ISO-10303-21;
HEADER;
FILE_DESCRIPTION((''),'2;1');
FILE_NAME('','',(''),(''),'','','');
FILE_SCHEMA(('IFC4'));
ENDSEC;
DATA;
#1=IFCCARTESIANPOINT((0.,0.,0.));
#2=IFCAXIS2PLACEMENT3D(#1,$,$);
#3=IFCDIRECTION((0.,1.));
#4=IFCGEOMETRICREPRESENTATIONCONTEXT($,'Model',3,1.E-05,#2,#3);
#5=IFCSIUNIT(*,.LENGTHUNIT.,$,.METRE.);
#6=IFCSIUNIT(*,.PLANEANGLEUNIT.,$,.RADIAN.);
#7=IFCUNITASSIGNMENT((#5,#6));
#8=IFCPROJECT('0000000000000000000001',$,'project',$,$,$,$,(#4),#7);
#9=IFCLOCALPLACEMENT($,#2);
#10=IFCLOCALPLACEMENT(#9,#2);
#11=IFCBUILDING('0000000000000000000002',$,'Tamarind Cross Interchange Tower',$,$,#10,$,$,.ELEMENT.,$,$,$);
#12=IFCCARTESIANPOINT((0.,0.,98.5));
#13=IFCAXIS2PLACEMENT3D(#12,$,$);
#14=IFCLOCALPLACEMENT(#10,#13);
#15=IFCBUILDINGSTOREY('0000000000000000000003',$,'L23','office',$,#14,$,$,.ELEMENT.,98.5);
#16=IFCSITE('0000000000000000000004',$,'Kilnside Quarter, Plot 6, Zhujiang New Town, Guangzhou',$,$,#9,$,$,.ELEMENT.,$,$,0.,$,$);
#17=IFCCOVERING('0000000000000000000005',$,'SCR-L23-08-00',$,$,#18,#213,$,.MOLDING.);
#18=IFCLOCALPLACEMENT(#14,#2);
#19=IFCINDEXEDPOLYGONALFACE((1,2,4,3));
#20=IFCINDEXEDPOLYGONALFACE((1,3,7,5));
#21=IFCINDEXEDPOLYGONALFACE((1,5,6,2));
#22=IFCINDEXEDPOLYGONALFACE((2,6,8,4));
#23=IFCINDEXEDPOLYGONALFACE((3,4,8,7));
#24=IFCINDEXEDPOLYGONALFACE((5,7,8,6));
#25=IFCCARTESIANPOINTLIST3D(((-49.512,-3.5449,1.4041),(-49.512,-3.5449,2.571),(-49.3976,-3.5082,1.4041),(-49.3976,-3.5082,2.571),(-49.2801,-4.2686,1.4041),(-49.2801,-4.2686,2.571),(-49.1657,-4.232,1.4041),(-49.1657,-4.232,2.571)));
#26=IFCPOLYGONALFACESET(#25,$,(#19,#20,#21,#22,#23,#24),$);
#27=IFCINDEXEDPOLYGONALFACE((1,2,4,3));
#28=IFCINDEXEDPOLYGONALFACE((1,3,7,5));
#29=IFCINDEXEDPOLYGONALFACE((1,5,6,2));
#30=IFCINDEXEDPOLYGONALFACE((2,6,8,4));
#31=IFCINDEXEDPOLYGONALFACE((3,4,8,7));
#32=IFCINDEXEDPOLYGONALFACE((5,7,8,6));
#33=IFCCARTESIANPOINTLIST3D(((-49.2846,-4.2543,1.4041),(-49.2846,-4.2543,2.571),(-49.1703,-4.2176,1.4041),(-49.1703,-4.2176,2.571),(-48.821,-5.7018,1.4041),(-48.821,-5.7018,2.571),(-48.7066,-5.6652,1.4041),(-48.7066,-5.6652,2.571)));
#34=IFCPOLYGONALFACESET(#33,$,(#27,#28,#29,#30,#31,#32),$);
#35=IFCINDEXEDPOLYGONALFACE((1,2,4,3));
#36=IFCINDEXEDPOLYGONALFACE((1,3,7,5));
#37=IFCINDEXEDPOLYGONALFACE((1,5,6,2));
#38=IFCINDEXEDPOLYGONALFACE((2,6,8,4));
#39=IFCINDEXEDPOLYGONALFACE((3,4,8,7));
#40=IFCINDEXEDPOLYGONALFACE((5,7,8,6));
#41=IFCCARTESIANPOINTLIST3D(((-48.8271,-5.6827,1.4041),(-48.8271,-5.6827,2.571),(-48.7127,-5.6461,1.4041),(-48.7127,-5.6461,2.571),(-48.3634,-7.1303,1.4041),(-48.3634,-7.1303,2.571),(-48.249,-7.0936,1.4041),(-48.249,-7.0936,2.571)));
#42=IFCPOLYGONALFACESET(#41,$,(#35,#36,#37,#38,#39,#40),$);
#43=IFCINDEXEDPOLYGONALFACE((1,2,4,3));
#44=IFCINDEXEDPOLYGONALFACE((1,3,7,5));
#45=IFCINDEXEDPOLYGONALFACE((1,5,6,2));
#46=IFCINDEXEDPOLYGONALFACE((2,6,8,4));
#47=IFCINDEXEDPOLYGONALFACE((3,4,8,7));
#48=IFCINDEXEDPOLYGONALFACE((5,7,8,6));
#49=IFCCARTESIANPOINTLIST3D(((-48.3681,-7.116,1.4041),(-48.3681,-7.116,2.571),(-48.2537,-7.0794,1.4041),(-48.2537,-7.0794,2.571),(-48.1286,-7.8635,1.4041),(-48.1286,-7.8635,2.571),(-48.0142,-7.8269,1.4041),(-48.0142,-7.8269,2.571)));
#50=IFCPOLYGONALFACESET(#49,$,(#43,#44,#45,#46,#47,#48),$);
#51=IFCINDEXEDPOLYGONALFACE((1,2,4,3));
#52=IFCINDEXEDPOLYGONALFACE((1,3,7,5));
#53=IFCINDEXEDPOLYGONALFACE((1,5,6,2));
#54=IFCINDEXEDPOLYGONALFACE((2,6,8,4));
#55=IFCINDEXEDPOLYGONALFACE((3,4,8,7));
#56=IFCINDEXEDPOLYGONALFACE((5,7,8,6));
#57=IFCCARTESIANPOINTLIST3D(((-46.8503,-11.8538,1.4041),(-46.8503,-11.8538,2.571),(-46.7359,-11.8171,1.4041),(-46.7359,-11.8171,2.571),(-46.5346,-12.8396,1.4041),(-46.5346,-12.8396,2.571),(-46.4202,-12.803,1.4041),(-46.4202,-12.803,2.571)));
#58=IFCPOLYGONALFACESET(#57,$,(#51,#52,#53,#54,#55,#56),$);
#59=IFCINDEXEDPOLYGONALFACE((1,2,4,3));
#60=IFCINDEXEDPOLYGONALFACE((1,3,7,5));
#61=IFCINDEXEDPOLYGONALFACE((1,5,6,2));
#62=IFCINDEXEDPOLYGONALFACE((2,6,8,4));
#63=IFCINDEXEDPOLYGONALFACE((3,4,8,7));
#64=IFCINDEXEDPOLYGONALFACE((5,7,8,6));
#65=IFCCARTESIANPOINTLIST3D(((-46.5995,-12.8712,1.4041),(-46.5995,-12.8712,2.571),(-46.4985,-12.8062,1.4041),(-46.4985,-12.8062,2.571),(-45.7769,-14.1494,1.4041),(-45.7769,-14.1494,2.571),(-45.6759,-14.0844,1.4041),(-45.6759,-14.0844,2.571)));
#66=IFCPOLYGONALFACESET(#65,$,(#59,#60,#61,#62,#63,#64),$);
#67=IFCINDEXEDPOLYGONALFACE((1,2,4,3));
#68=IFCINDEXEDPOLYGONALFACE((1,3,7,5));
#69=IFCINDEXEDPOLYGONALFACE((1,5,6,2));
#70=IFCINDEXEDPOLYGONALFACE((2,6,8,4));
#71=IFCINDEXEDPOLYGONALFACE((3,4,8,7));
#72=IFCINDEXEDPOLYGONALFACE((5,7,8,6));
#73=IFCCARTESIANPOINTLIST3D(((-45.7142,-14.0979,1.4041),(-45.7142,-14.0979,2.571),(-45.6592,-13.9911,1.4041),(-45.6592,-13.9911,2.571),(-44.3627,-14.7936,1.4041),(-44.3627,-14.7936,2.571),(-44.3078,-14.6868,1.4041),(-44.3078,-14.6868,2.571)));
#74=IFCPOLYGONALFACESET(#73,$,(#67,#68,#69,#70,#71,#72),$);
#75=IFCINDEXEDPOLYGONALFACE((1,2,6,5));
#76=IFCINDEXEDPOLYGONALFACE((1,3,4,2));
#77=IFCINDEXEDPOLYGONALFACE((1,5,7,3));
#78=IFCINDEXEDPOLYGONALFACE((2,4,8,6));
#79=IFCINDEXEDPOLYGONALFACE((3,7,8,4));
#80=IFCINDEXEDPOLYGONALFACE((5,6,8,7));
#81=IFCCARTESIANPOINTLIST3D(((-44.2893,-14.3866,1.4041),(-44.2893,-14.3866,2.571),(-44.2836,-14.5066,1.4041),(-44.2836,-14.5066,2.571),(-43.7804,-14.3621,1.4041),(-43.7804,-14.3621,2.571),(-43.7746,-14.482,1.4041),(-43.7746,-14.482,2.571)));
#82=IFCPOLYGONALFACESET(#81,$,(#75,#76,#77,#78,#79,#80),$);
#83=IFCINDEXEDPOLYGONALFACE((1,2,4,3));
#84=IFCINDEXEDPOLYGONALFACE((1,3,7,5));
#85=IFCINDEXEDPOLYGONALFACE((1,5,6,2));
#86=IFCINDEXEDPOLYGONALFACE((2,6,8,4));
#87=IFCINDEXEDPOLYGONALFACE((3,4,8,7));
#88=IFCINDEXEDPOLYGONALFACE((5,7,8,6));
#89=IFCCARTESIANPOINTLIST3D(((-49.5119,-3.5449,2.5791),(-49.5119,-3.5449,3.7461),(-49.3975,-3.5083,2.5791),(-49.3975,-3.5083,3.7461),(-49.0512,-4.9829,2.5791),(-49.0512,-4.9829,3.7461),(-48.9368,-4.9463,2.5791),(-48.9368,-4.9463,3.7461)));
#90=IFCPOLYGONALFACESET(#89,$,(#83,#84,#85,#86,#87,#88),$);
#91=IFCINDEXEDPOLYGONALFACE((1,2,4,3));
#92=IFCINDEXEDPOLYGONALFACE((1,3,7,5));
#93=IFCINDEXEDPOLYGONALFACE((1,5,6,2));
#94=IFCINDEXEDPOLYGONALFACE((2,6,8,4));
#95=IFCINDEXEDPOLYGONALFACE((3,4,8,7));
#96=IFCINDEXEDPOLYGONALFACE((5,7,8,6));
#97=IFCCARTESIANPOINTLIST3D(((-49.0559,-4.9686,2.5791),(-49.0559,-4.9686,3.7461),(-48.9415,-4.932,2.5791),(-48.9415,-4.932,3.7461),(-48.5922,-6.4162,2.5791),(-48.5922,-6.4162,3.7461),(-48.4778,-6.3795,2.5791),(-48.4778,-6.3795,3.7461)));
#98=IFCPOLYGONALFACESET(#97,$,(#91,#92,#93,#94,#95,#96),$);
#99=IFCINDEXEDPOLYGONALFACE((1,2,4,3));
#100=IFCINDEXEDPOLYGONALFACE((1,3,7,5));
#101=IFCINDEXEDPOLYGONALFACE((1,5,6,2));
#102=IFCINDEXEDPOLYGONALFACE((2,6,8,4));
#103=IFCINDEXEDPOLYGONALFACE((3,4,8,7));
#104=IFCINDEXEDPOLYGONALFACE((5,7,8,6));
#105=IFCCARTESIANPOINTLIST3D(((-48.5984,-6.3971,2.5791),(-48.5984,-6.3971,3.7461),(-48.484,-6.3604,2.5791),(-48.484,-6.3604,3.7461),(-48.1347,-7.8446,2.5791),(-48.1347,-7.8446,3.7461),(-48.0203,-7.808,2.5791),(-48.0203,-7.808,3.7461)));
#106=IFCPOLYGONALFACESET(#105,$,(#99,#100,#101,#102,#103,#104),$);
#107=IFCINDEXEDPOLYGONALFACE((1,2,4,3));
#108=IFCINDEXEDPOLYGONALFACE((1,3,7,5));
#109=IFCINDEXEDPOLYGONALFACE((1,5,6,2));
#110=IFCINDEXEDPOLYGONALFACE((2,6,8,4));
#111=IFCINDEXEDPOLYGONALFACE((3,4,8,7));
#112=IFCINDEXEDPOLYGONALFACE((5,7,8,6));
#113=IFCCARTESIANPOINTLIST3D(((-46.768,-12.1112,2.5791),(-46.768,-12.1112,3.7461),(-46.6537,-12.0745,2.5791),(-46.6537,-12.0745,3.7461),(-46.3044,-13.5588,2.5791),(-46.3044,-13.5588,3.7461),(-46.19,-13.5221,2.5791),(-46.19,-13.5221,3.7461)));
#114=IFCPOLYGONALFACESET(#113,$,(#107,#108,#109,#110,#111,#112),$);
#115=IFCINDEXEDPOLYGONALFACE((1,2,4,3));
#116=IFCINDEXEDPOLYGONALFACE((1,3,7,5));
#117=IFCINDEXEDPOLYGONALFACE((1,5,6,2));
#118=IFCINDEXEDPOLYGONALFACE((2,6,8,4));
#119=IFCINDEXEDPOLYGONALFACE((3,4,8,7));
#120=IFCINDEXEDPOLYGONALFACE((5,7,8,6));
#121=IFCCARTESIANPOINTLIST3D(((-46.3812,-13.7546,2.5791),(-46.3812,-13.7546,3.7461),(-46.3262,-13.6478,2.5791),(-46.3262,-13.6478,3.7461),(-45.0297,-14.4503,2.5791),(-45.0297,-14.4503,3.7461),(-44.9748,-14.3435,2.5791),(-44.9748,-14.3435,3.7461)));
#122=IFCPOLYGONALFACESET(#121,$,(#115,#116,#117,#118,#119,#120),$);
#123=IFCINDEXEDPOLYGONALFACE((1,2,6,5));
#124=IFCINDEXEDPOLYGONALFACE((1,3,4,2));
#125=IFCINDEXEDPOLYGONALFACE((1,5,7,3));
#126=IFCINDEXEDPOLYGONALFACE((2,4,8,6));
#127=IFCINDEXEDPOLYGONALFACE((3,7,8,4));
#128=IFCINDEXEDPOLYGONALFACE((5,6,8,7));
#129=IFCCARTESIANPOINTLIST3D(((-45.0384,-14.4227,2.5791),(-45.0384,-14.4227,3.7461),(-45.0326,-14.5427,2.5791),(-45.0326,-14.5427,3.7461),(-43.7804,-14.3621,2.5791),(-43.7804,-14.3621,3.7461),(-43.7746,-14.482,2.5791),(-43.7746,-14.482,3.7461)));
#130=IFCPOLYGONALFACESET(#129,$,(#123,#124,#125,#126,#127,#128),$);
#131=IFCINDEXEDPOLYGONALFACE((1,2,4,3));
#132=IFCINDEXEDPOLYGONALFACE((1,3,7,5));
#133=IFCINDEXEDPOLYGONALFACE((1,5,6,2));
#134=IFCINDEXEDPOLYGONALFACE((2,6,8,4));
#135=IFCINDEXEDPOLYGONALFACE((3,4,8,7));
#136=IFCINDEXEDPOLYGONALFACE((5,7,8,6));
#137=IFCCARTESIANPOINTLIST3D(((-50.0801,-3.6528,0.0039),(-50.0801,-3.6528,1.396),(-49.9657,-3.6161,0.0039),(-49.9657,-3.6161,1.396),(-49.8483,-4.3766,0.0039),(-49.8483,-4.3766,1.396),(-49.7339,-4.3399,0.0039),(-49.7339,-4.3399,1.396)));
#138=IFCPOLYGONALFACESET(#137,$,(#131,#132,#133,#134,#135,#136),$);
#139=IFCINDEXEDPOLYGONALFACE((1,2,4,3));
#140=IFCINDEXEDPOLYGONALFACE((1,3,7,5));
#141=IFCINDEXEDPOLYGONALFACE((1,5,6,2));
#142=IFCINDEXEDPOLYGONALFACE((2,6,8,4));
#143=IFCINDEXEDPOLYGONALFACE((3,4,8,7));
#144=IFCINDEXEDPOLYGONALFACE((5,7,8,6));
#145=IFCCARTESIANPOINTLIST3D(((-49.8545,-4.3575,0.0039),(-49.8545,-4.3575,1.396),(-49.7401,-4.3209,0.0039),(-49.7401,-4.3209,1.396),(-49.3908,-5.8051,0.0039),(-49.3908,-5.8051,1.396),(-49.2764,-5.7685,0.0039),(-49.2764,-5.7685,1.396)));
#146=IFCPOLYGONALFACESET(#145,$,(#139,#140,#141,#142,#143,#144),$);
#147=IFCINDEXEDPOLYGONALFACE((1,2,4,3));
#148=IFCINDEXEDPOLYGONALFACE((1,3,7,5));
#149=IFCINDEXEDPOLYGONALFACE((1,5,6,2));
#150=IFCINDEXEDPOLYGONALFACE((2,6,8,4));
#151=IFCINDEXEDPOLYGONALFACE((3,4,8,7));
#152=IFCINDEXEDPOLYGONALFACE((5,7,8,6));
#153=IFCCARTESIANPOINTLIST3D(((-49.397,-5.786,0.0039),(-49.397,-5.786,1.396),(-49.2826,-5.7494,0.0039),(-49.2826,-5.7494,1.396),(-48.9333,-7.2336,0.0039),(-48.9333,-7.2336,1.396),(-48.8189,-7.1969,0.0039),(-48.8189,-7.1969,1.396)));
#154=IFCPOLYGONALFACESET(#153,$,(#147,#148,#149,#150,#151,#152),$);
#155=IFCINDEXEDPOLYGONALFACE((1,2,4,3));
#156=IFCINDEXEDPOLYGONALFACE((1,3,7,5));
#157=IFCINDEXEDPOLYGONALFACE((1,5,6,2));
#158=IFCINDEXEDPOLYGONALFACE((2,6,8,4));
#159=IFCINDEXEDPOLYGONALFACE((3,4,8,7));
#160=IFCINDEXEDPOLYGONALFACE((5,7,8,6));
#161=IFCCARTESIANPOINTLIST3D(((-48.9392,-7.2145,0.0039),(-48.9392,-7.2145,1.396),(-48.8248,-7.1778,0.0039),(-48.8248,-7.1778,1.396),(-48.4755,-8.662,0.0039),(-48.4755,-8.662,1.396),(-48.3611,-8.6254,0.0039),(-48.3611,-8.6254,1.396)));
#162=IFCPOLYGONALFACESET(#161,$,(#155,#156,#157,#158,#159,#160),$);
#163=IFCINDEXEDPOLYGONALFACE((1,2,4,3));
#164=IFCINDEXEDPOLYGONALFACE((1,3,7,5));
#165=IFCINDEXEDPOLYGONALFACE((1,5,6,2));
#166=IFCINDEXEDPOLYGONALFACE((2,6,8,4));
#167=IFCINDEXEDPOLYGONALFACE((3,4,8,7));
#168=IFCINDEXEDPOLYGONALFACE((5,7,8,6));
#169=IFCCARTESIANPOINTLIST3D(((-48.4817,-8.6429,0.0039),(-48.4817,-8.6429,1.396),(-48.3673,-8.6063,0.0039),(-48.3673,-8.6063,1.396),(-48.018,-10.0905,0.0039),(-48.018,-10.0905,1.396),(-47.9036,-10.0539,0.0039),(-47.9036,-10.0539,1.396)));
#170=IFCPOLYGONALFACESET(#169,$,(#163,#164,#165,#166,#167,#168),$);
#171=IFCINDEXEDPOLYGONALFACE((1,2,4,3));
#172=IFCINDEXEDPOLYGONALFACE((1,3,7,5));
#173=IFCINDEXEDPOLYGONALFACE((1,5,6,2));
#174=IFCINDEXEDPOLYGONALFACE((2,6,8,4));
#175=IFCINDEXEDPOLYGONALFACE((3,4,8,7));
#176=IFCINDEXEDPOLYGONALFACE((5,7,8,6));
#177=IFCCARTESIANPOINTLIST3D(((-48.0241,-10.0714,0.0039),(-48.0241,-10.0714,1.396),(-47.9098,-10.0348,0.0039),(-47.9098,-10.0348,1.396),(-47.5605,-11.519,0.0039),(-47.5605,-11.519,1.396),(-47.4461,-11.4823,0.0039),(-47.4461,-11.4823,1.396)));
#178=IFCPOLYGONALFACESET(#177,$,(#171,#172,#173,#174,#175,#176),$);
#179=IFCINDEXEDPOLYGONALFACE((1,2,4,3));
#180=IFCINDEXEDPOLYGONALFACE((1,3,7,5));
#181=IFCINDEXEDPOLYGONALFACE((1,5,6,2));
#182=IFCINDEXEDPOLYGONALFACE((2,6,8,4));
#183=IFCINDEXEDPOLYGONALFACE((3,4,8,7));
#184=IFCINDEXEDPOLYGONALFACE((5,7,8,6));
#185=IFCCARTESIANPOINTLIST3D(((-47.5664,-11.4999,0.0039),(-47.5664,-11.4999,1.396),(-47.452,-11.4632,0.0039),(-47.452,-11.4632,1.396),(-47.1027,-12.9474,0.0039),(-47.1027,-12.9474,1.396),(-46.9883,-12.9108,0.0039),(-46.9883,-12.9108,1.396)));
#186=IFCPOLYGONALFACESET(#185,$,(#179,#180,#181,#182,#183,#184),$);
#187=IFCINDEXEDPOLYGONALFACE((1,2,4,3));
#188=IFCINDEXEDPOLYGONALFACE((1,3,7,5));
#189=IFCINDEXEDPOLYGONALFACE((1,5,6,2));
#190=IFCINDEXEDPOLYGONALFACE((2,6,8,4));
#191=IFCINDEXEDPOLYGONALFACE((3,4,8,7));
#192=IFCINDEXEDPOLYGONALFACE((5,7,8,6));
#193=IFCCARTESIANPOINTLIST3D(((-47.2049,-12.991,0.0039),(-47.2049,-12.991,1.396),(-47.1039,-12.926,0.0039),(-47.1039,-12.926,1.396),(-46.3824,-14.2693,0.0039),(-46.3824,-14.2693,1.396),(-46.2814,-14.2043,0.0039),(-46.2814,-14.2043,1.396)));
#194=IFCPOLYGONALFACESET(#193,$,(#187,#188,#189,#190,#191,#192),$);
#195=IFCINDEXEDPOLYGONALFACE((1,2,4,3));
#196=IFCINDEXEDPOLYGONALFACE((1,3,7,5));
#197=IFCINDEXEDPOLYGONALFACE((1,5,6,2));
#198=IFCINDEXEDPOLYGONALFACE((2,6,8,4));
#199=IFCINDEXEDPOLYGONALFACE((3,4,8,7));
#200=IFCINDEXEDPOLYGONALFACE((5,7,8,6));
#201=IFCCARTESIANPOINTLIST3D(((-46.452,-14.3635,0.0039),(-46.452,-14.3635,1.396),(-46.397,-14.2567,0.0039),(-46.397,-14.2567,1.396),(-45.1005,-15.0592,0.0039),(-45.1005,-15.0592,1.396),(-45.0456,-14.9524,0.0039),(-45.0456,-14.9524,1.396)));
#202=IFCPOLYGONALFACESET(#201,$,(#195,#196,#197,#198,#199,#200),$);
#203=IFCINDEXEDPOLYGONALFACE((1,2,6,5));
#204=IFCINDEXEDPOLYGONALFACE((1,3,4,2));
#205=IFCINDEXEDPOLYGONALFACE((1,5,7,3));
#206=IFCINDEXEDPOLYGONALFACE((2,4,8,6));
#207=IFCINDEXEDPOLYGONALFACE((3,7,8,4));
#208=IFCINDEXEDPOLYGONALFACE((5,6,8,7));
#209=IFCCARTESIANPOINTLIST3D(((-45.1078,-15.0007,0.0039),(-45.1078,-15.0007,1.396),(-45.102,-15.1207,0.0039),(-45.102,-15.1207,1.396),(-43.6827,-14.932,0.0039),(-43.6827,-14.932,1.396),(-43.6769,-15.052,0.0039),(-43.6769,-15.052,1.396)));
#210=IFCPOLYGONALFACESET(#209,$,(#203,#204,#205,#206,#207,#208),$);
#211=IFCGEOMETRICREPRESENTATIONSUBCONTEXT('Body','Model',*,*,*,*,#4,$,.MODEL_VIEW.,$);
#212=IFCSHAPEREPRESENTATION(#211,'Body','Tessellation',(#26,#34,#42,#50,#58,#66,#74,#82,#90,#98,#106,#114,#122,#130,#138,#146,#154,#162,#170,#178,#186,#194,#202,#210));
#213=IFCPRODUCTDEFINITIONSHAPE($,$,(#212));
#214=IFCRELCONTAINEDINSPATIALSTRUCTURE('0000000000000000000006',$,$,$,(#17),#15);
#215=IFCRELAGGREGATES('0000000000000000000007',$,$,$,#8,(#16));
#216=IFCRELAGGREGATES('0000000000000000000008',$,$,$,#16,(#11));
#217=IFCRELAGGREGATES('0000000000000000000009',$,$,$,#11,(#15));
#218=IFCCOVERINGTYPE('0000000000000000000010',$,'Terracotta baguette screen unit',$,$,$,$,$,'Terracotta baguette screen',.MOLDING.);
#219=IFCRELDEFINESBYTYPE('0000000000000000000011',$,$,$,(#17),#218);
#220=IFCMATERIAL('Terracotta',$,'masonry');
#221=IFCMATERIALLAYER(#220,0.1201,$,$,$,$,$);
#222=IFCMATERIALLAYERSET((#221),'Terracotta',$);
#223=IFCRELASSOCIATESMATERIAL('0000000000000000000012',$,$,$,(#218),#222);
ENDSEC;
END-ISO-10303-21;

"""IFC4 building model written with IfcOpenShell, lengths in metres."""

from ifc_helpers import new_model, si_unit, direction, frame, origin, origin_2d, place, context, subcontext, project, spatial, rectangle, extrude, material, layer, layer_set, type_object, element, save


model = new_model("IFC4")

# Units and contexts
model_context = context("Model", 3, precision=1e-05, world=origin(), true_north=direction((0.0, 1.0)))
body_context = subcontext(model_context, "Body", "Model", "MODEL_VIEW")
ifc_project = project(units=[si_unit("LENGTHUNIT", "METRE"), si_unit("PLANEANGLEUNIT", "RADIAN")], contexts=[model_context])

# Site, building, storey
site_placement = place(None, origin())
site = spatial("IfcSite", under=ifc_project, at=site_placement, Name="Kilnside Quarter, Plot 6, Zhujiang New Town, Guangzhou", CompositionType="ELEMENT", RefElevation=0.0)
building_placement = place(site_placement, origin())
building = spatial("IfcBuilding", under=site, at=building_placement, Name="Tamarind Cross Interchange Tower", CompositionType="ELEMENT")
storey_placement = place(building_placement, frame((0.0, 0.0, 98.5)))
storey = spatial("IfcBuildingStorey", under=building, at=storey_placement, Name="L23", Description="office", CompositionType="ELEMENT", Elevation=98.5)

# Covering
ifc_material_1 = material(Name="Terracotta", Category="masonry")
ifc_layer_1 = layer(ifc_material_1, 0.1201)
ifc_layer_set_1 = layer_set([ifc_layer_1], Name="Terracotta")
covering_type = type_object("IfcCoveringType", Name="Terracotta baguette screen unit", ElementType="Terracotta baguette screen", PredefinedType="MOLDING", material=ifc_layer_set_1)
covering_1_placement = place(storey_placement, origin())
element("IfcCovering", 1, at=covering_1_placement, inside=storey, type_object=covering_type, Name="SCR-L23-08-00", PredefinedType="MOLDING", context=body_context, shape_type="SweptSolid", body=[
    extrude(rectangle(XDim=0.76, YDim=0.1201, at=origin_2d()), frame((-49.3389, -3.8884, 1.4041), z_axis=(0.0, 0.0, 1.0), x_axis=(0.305057, -0.952334, 0.0)), (0.0, 0.0, 1.0), 1.167),
    extrude(rectangle(XDim=1.52, YDim=0.1201, at=origin_2d()), frame((-48.9956, -4.9597, 1.4041), z_axis=(0.0, 0.0, 1.0), x_axis=(0.305057, -0.952334, 0.0)), (0.0, 0.0, 1.0), 1.167),
    extrude(rectangle(XDim=1.52, YDim=0.1201, at=origin_2d()), frame((-48.5381, -6.3882, 1.4041), z_axis=(0.0, 0.0, 1.0), x_axis=(0.305057, -0.952334, 0.0)), (0.0, 0.0, 1.0), 1.167),
    extrude(rectangle(XDim=0.7849, YDim=0.1201, at=origin_2d()), frame((-48.1912, -7.4714, 1.4041), z_axis=(0.0, 0.0, 1.0), x_axis=(0.305057, -0.952334, 0.0)), (0.0, 0.0, 1.0), 1.167),
    extrude(rectangle(XDim=1.0352, YDim=0.1201, at=origin_2d()), frame((-46.6353, -12.3284, 1.4041), z_axis=(0.0, 0.0, 1.0), x_axis=(0.305057, -0.952334, 0.0)), (0.0, 0.0, 1.0), 1.167),
    extrude(rectangle(XDim=1.52, YDim=0.1201, at=origin_2d()), frame((-46.1377, -13.4778, 1.4041), z_axis=(0.0, 0.0, 1.0), x_axis=(0.541145, -0.840929, 0.0)), (0.0, 0.0, 1.0), 1.167),
    extrude(rectangle(XDim=1.52, YDim=0.1201, at=origin_2d()), frame((-45.011, -14.3923, 1.4041), z_axis=(0.0, 0.0, 1.0), x_axis=(0.88911, -0.457694, 0.0)), (0.0, 0.0, 1.0), 1.167),
    extrude(rectangle(XDim=0.5095, YDim=0.1201, at=origin_2d()), frame((-44.032, -14.4343, 1.4041), z_axis=(0.0, 0.0, 1.0), x_axis=(0.998839, 0.04818, 0.0)), (0.0, 0.0, 1.0), 1.167),
    extrude(rectangle(XDim=1.51, YDim=0.1201, at=origin_2d()), frame((-49.2244, -4.2456, 2.5791), z_axis=(0.0, 0.0, 1.0), x_axis=(0.305057, -0.952334, 0.0)), (0.0, 0.0, 1.0), 1.167),
    extrude(rectangle(XDim=1.52, YDim=0.1201, at=origin_2d()), frame((-48.7668, -5.6741, 2.5791), z_axis=(0.0, 0.0, 1.0), x_axis=(0.305057, -0.952334, 0.0)), (0.0, 0.0, 1.0), 1.167),
    extrude(rectangle(XDim=1.52, YDim=0.1201, at=origin_2d()), frame((-48.3093, -7.1025, 2.5791), z_axis=(0.0, 0.0, 1.0), x_axis=(0.305057, -0.952334, 0.0)), (0.0, 0.0, 1.0), 1.167),
    extrude(rectangle(XDim=1.52, YDim=0.1201, at=origin_2d()), frame((-46.479, -12.8167, 2.5791), z_axis=(0.0, 0.0, 1.0), x_axis=(0.305057, -0.952334, 0.0)), (0.0, 0.0, 1.0), 1.167),
    extrude(rectangle(XDim=1.52, YDim=0.1201, at=origin_2d()), frame((-45.678, -14.0491, 2.5791), z_axis=(0.0, 0.0, 1.0), x_axis=(0.88911, -0.457694, 0.0)), (0.0, 0.0, 1.0), 1.167),
    extrude(rectangle(XDim=1.2595, YDim=0.1201, at=origin_2d()), frame((-44.4065, -14.4524, 2.5791), z_axis=(0.0, 0.0, 1.0), x_axis=(0.998839, 0.04818, 0.0)), (0.0, 0.0, 1.0), 1.167),
    extrude(rectangle(XDim=0.76, YDim=0.1201, at=origin_2d()), frame((-49.907, -3.9963, 0.0039), z_axis=(0.0, 0.0, 1.0), x_axis=(0.305057, -0.952334, 0.0)), (0.0, 0.0, 1.0), 1.3921),
    extrude(rectangle(XDim=1.52, YDim=0.1201, at=origin_2d()), frame((-49.5654, -5.063, 0.0039), z_axis=(0.0, 0.0, 1.0), x_axis=(0.305057, -0.952334, 0.0)), (0.0, 0.0, 1.0), 1.3921),
    extrude(rectangle(XDim=1.52, YDim=0.1201, at=origin_2d()), frame((-49.1079, -6.4915, 0.0039), z_axis=(0.0, 0.0, 1.0), x_axis=(0.305057, -0.952334, 0.0)), (0.0, 0.0, 1.0), 1.3921),
    extrude(rectangle(XDim=1.52, YDim=0.1201, at=origin_2d()), frame((-48.6501, -7.9199, 0.0039), z_axis=(0.0, 0.0, 1.0), x_axis=(0.305057, -0.952334, 0.0)), (0.0, 0.0, 1.0), 1.3921),
    extrude(rectangle(XDim=1.52, YDim=0.1201, at=origin_2d()), frame((-48.1926, -9.3484, 0.0039), z_axis=(0.0, 0.0, 1.0), x_axis=(0.305057, -0.952334, 0.0)), (0.0, 0.0, 1.0), 1.3921),
    extrude(rectangle(XDim=1.52, YDim=0.1201, at=origin_2d()), frame((-47.7351, -10.7769, 0.0039), z_axis=(0.0, 0.0, 1.0), x_axis=(0.305057, -0.952334, 0.0)), (0.0, 0.0, 1.0), 1.3921),
    extrude(rectangle(XDim=1.52, YDim=0.1201, at=origin_2d()), frame((-47.2773, -12.2053, 0.0039), z_axis=(0.0, 0.0, 1.0), x_axis=(0.305057, -0.952334, 0.0)), (0.0, 0.0, 1.0), 1.3921),
    extrude(rectangle(XDim=1.52, YDim=0.1201, at=origin_2d()), frame((-46.7432, -13.5977, 0.0039), z_axis=(0.0, 0.0, 1.0), x_axis=(0.541145, -0.840929, 0.0)), (0.0, 0.0, 1.0), 1.3921),
    extrude(rectangle(XDim=1.52, YDim=0.1201, at=origin_2d()), frame((-45.7488, -14.658, 0.0039), z_axis=(0.0, 0.0, 1.0), x_axis=(0.88911, -0.457694, 0.0)), (0.0, 0.0, 1.0), 1.3921),
    extrude(rectangle(XDim=1.4268, YDim=0.1201, at=origin_2d()), frame((-44.3923, -15.0264, 0.0039), z_axis=(0.0, 0.0, 1.0), x_axis=(0.998839, 0.04818, 0.0)), (0.0, 0.0, 1.0), 1.3921),
])

save(model, "model.ifc")
